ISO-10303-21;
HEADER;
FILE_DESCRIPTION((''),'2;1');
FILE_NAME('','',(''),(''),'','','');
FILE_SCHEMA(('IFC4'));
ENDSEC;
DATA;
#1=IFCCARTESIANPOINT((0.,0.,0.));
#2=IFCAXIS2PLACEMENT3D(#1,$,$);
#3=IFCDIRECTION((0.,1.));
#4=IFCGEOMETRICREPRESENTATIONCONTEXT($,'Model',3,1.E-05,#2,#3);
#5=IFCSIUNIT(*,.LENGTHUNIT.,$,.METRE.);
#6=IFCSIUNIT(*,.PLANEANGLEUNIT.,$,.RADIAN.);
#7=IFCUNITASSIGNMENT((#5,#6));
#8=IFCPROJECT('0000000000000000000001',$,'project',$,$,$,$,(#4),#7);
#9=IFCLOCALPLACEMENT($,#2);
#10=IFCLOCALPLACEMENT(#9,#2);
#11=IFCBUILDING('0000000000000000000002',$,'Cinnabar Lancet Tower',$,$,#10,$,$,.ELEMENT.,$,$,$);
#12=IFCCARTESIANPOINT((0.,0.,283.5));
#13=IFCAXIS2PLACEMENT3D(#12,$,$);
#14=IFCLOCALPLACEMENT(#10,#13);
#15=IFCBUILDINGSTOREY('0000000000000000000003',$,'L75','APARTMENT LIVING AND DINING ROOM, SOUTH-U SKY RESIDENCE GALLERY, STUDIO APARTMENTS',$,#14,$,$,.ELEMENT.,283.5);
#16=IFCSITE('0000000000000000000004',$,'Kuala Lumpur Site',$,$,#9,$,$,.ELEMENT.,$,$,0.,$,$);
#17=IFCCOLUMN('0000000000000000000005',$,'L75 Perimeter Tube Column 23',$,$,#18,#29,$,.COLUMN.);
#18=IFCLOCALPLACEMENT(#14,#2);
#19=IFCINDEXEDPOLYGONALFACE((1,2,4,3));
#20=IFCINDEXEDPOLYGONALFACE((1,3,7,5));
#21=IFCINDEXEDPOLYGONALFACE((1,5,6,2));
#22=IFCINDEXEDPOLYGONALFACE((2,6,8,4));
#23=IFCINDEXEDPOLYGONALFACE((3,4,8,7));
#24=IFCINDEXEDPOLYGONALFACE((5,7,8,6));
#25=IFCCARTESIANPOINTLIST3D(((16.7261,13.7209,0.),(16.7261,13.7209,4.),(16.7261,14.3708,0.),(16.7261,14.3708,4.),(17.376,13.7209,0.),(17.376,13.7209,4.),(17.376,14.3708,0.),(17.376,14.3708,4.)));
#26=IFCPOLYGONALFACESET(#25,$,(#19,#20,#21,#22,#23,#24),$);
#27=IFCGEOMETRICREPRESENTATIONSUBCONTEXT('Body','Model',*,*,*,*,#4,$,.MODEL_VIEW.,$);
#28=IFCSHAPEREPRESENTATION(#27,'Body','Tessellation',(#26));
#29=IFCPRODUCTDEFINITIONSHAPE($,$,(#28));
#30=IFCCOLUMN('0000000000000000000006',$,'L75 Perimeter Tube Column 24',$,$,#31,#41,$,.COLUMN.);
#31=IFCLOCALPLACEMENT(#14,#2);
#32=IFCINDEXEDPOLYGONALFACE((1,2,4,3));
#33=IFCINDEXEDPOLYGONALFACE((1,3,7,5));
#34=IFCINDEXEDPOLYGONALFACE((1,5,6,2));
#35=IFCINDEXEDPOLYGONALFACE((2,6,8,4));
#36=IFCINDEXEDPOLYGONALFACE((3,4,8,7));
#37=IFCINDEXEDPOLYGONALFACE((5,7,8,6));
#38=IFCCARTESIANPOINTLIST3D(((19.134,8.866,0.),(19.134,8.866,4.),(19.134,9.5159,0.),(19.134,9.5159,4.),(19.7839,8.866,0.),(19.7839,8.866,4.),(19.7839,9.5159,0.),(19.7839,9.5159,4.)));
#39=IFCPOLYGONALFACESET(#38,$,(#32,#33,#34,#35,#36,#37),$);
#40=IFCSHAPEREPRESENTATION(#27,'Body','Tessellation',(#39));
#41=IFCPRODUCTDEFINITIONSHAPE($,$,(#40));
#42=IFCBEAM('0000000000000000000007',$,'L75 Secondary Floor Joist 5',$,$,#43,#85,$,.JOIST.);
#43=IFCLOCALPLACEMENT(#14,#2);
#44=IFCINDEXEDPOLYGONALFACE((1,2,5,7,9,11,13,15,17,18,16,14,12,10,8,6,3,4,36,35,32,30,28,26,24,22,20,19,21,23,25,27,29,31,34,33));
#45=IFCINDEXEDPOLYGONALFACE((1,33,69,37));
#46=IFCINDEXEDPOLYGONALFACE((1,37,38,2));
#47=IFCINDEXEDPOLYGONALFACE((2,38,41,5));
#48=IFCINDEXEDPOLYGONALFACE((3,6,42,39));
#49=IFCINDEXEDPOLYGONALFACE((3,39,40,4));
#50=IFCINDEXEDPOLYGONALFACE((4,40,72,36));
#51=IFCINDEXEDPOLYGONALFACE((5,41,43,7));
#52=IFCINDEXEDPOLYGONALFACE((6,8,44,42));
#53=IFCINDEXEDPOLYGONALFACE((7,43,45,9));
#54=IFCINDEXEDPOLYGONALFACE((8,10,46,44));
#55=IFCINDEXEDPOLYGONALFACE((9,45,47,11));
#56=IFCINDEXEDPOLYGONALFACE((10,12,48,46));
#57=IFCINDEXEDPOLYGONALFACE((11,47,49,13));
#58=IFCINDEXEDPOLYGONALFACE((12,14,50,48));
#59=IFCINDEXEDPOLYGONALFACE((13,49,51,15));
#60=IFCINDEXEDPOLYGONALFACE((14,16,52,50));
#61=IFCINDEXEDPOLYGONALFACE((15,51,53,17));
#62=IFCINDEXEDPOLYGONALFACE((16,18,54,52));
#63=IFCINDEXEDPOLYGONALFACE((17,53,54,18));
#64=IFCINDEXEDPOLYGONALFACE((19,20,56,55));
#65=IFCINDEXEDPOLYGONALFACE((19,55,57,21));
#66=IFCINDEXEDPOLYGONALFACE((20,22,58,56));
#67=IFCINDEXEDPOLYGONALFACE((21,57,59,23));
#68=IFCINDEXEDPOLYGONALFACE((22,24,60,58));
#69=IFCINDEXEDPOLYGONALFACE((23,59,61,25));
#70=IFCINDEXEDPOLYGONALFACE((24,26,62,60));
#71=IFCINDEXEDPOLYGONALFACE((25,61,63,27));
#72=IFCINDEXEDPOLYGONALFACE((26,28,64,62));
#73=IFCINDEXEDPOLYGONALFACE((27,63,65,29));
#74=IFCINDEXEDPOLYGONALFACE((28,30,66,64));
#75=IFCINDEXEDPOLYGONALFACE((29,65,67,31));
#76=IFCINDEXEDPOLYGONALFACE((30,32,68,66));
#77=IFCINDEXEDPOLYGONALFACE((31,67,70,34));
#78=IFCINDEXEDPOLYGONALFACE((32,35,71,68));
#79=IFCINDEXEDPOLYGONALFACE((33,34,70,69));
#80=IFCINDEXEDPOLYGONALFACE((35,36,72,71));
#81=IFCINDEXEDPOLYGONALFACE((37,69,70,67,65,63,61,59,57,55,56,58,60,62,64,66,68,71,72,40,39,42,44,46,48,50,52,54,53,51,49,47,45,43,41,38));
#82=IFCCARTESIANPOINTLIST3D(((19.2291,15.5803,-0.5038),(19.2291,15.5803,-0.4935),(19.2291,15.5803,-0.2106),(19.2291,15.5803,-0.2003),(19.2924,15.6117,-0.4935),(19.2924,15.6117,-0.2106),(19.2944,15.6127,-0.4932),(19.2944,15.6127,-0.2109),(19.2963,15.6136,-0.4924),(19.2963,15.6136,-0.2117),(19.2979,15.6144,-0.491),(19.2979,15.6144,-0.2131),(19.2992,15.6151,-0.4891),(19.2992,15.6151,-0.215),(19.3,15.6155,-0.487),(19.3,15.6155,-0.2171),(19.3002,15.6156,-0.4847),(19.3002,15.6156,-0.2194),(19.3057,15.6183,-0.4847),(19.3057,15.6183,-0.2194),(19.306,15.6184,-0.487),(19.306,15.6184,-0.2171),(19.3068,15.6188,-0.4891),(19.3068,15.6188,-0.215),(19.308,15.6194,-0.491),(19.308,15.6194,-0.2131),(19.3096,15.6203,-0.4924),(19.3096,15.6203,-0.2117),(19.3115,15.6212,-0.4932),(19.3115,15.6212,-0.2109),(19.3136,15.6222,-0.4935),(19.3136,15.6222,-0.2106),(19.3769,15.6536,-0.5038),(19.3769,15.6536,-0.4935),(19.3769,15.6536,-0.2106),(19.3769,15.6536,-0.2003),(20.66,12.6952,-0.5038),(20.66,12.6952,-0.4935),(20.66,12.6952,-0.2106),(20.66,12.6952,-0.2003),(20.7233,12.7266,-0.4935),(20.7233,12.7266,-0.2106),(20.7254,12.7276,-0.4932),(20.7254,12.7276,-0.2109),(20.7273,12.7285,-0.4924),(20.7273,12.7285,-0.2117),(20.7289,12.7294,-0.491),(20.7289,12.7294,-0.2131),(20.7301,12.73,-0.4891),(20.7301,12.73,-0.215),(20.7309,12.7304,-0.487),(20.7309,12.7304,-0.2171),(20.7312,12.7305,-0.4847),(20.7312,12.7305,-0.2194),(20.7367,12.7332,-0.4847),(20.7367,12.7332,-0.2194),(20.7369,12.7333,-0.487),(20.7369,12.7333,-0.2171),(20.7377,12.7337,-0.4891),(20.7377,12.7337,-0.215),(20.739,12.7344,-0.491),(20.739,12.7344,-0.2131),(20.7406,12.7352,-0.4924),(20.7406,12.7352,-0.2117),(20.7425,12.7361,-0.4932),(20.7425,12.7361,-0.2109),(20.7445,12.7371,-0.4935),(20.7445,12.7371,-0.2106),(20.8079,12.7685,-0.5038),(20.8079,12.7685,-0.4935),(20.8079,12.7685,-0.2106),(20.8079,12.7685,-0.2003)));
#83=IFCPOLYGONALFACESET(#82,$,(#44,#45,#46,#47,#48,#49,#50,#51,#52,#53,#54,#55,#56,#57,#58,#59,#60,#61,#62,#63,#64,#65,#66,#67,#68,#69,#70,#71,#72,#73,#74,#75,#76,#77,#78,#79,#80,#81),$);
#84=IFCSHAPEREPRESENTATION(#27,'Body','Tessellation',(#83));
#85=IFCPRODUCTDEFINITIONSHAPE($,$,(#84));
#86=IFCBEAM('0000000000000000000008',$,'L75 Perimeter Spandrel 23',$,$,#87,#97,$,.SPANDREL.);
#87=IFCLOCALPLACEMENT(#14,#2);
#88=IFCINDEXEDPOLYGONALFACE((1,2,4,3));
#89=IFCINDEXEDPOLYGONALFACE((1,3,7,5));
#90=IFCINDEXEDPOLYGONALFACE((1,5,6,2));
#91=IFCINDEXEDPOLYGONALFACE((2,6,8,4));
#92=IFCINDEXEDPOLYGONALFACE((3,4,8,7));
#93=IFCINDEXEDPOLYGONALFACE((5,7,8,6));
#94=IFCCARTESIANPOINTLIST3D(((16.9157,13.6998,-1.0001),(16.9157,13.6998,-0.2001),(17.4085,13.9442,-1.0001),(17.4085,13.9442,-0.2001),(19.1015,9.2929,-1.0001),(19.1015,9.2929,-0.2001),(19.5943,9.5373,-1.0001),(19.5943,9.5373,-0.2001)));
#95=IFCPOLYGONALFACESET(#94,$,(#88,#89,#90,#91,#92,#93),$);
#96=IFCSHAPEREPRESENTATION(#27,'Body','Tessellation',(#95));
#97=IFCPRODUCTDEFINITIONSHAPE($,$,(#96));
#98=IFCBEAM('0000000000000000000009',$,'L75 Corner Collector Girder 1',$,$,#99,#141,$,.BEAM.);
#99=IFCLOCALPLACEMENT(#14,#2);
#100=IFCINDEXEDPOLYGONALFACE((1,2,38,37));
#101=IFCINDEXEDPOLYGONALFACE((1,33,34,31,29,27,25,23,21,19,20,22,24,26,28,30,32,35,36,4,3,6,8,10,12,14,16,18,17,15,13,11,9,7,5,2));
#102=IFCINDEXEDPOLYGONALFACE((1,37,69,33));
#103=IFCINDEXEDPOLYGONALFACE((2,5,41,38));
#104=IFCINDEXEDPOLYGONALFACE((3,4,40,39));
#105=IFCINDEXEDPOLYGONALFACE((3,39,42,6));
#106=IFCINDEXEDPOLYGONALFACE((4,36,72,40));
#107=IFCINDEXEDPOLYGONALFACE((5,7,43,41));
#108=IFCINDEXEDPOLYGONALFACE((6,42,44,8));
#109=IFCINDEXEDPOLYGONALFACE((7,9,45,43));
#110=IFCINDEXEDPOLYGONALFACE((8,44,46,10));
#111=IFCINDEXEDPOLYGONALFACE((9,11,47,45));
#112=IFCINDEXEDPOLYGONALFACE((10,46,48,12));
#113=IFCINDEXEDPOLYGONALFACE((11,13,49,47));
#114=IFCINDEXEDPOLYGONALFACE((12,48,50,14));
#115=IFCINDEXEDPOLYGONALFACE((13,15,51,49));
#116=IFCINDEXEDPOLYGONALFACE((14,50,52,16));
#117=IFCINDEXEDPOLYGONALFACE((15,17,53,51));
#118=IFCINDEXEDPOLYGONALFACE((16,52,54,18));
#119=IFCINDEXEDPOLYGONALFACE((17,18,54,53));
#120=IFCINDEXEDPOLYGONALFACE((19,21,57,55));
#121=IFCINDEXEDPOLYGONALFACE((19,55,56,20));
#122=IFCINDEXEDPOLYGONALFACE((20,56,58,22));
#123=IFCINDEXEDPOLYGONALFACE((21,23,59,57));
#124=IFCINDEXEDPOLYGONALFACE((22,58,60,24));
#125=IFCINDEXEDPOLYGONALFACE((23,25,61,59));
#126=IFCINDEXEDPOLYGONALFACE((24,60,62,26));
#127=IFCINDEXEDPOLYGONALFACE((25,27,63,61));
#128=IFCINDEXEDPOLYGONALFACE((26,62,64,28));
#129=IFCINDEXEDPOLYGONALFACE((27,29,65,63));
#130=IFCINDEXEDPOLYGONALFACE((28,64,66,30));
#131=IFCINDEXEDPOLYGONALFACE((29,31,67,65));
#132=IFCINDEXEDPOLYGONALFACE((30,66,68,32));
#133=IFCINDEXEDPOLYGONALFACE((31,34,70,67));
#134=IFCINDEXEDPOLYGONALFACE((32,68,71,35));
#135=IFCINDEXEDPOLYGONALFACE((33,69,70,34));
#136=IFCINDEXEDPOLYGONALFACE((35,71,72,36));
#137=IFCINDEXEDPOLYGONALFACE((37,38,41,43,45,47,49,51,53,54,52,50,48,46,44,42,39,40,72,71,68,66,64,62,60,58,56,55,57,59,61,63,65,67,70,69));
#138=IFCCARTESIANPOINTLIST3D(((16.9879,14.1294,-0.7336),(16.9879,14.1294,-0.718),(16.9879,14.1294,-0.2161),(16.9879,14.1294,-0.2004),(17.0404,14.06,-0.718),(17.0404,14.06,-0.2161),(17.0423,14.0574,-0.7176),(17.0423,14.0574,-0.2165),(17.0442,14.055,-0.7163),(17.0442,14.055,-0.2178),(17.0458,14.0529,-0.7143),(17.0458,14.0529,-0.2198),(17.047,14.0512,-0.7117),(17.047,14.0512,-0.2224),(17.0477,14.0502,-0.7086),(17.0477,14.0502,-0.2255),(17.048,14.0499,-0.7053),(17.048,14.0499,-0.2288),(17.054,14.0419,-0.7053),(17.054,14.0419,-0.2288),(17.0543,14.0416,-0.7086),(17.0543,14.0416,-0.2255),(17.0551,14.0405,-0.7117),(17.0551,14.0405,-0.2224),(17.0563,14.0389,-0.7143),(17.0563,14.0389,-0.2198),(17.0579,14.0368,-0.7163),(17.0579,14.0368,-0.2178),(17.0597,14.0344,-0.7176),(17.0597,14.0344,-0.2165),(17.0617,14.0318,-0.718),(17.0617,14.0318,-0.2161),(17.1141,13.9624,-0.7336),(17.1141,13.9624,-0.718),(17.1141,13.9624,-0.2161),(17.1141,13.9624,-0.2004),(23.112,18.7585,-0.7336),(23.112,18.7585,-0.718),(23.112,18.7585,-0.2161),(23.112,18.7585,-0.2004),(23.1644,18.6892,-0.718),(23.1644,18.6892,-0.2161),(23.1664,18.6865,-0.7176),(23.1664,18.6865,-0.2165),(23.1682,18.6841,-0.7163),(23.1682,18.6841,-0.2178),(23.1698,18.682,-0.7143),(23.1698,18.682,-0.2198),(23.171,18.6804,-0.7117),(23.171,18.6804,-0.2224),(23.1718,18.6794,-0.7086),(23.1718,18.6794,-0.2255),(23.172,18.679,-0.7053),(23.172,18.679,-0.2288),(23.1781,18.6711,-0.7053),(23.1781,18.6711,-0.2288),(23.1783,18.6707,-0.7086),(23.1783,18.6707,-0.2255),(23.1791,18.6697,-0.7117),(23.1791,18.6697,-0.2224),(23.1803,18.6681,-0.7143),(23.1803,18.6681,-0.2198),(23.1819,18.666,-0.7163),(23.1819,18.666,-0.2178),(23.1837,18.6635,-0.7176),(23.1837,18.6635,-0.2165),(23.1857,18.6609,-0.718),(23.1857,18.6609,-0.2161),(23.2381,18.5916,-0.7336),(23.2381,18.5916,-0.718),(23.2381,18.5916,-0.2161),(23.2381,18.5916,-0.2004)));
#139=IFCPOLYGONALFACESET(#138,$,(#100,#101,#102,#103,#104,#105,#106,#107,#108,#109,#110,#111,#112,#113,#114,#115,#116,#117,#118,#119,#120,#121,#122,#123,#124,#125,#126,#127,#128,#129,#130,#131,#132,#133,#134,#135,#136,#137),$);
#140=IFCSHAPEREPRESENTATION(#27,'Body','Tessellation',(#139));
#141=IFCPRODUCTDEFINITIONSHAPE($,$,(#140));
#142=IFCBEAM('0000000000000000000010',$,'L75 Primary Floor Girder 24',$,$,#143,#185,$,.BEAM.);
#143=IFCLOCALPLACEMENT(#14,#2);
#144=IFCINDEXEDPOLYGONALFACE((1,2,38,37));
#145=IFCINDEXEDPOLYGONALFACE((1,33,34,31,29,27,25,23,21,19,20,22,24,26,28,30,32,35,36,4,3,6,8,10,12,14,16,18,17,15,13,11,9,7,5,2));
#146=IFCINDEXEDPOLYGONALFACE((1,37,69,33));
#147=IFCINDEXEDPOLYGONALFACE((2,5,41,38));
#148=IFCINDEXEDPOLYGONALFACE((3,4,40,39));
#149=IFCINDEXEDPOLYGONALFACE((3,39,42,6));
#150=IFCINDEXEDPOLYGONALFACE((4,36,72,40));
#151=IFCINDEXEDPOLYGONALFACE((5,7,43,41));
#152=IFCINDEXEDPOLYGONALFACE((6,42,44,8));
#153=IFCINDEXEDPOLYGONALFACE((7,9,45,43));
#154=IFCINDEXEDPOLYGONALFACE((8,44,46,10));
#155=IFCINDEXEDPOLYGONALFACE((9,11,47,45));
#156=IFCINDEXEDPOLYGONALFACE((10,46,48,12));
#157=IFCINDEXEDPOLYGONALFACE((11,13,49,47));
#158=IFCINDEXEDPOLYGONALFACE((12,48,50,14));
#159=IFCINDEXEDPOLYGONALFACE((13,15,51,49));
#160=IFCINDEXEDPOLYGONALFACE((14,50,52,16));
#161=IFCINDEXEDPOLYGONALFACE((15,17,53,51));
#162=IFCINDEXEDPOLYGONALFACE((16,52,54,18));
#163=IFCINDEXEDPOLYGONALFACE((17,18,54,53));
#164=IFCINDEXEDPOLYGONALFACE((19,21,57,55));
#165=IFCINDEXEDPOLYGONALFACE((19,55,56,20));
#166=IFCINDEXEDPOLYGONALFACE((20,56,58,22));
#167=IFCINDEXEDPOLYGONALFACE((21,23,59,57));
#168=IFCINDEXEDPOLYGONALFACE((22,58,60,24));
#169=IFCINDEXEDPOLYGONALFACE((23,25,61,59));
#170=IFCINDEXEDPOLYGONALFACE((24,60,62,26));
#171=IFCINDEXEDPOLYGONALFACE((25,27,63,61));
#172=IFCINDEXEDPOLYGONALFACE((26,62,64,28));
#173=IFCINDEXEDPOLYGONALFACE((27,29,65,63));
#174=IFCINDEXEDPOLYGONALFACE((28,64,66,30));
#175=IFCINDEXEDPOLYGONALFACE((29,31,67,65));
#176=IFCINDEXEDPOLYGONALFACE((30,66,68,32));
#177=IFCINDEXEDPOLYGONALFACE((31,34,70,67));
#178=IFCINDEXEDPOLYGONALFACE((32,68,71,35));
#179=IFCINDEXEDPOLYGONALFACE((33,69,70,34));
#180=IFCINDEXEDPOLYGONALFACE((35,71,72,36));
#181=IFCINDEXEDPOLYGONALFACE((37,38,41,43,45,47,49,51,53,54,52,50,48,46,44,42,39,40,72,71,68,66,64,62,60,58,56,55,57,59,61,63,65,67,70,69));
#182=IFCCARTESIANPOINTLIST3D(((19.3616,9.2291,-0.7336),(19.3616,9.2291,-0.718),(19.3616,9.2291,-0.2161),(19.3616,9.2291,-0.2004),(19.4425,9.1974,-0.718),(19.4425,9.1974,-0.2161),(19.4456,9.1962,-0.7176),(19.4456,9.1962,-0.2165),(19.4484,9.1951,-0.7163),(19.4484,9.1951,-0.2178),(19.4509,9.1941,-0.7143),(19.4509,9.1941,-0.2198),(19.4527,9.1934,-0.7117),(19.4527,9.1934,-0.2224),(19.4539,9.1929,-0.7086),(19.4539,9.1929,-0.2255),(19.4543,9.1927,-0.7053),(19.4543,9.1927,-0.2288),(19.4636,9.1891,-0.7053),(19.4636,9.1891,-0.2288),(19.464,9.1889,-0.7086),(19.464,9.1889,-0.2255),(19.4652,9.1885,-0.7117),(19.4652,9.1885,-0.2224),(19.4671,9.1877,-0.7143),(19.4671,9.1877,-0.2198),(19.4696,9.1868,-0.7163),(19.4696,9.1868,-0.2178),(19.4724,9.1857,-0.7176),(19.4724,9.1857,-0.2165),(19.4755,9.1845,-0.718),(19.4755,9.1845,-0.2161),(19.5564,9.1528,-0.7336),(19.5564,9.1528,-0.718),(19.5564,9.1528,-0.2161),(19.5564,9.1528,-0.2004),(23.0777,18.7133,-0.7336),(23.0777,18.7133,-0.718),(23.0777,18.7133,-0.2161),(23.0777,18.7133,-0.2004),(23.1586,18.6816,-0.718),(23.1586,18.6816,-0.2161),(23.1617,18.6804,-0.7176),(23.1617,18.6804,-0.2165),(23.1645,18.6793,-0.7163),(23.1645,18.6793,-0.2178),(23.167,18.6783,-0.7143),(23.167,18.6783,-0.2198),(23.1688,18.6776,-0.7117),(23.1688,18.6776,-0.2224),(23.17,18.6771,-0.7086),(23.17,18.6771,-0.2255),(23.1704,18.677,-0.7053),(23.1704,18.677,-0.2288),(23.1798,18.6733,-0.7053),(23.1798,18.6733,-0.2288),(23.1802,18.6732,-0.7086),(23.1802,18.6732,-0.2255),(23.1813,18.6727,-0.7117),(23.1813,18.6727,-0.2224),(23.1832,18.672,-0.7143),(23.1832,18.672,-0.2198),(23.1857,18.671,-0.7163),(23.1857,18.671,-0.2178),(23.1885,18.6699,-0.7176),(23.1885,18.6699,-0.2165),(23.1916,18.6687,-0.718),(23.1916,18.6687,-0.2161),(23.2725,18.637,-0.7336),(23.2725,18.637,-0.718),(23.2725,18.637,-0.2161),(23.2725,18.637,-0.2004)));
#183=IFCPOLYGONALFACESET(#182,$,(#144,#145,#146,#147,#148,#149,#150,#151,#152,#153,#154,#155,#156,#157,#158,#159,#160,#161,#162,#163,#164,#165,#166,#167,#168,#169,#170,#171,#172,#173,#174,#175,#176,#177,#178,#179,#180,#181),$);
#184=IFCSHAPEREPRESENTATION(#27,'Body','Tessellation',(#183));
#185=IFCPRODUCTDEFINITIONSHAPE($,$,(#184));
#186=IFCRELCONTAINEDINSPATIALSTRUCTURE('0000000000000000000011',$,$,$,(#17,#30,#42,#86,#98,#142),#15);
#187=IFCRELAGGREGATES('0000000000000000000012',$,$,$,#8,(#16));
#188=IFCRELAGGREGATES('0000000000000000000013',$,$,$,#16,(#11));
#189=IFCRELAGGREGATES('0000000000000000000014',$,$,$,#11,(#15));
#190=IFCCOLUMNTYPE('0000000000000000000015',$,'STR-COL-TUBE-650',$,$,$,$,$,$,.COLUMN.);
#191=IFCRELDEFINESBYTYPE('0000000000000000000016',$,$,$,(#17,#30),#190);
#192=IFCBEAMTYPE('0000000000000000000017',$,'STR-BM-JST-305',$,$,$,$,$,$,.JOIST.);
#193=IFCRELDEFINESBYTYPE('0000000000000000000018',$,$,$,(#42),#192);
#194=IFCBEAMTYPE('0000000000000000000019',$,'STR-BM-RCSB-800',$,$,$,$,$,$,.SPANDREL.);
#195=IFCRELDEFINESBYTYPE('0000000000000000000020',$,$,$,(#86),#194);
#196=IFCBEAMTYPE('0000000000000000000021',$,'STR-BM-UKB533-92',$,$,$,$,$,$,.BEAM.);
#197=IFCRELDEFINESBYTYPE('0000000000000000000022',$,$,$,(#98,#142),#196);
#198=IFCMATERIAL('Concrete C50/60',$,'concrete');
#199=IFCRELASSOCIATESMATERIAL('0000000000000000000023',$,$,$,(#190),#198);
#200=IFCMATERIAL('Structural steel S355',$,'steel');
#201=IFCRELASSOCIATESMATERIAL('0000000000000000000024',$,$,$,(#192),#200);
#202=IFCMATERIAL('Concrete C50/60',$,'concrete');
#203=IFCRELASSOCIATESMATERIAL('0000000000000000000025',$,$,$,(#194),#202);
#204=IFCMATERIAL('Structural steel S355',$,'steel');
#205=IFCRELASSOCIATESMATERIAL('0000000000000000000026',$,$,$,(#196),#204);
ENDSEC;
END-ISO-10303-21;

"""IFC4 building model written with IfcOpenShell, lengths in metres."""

from ifc_helpers import new_model, si_unit, direction, frame, origin, origin_2d, place, context, subcontext, project, spatial, rectangle, i_section, extrude, material, material_profile, profile_set, type_object, element, save


model = new_model("IFC4")

# Units and contexts
model_context = context("Model", 3, precision=1e-05, world=origin(), true_north=direction((0.0, 1.0)))
body_context = subcontext(model_context, "Body", "Model", "MODEL_VIEW")
ifc_project = project(units=[si_unit("LENGTHUNIT", "METRE"), si_unit("PLANEANGLEUNIT", "RADIAN")], contexts=[model_context])

# Site, building, storey
site_placement = place(None, origin())
site = spatial("IfcSite", under=ifc_project, at=site_placement, Name="Kuala Lumpur Site", CompositionType="ELEMENT", RefElevation=0.0)
building_placement = place(site_placement, origin())
building = spatial("IfcBuilding", under=site, at=building_placement, Name="Cinnabar Lancet Tower", CompositionType="ELEMENT")
storey_placement = place(building_placement, frame((0.0, 0.0, 283.5)))
storey = spatial("IfcBuildingStorey", under=building, at=storey_placement, Name="L75", Description="APARTMENT LIVING AND DINING ROOM, SOUTH-U SKY RESIDENCE GALLERY, STUDIO APARTMENTS", CompositionType="ELEMENT", Elevation=283.5)

# Columns
ifc_material_1 = material(Name="Concrete C50/60", Category="concrete")
ifc_material_profile_1 = material_profile(ifc_material_1, rectangle(XDim=0.6499, YDim=0.6499, at=origin_2d()), Name="RC-COL 650x650")
ifc_profile_set_1 = profile_set([ifc_material_profile_1], Name="Concrete C50/60")
column_type = type_object("IfcColumnType", Name="STR-COL-TUBE-650", PredefinedType="COLUMN", material=ifc_profile_set_1)
for number, where, z_axis, x_axis, name in (
    (1, (17.051, 14.0459, 0.0), (0.0, 0.0, 1.0), (1.0, 0.0, 0.0), "L75 Perimeter Tube Column 23"),
    (2, (19.459, 9.1909, 0.0), (0.0, 0.0, 1.0), (1.0, 0.0, 0.0), "L75 Perimeter Tube Column 24"),
):
    element("IfcColumn", number, at=place(storey_placement, frame(where, z_axis=z_axis, x_axis=x_axis)), inside=storey, type_object=column_type, Name=name, PredefinedType="COLUMN", context=body_context, shape_type="SweptSolid", body=[
        extrude(rectangle(XDim=0.6499, YDim=0.6499, at=origin_2d()), origin(), (0.0, 0.0, 1.0), 4.0),
    ])

# Beams
ifc_material_2 = material(Name="Structural steel S355", Category="steel")
ifc_material_profile_2 = material_profile(ifc_material_2, i_section(OverallWidth=0.165, OverallDepth=0.3035, WebThickness=0.0061, FlangeThickness=0.0103, FilletRadius=0.0088, at=origin_2d()), Name="UKB 305x165x40")
ifc_profile_set_2 = profile_set([ifc_material_profile_2], Name="Structural steel S355")
beam_type_1 = type_object("IfcBeamType", Name="STR-BM-JST-305", PredefinedType="JOIST", material=ifc_profile_set_2)
beam_1_placement = place(storey_placement, frame((19.303, 15.6169, -0.3521), z_axis=(0.44433, -0.895863, 0.0), x_axis=(0.895863, 0.44433, 0.0)))
element("IfcBeam", 3, at=beam_1_placement, inside=storey, type_object=beam_type_1, Name="L75 Secondary Floor Joist 5", PredefinedType="JOIST", context=body_context, shape_type="SweptSolid", body=[
    extrude(i_section(OverallWidth=0.165, OverallDepth=0.3035, WebThickness=0.0061, FlangeThickness=0.0103, FilletRadius=0.0088, at=origin_2d()), origin(), (0.0, 0.0, 1.0), 3.2205),
])
ifc_material_3 = material(Name="Concrete C50/60", Category="concrete")
ifc_material_profile_3 = material_profile(ifc_material_3, rectangle(XDim=0.55, YDim=0.8, at=origin_2d()), Name="RC-SB 550x800")
ifc_profile_set_3 = profile_set([ifc_material_profile_3], Name="Concrete C50/60")
beam_type_2 = type_object("IfcBeamType", Name="STR-BM-RCSB-800", PredefinedType="SPANDREL", material=ifc_profile_set_3)
beam_2_placement = place(storey_placement, frame((17.1621, 13.822, -0.6001), z_axis=(0.444333, -0.895862, 0.0), x_axis=(0.895862, 0.444333, 0.0)))
element("IfcBeam", 4, at=beam_2_placement, inside=storey, type_object=beam_type_2, Name="L75 Perimeter Spandrel 23", PredefinedType="SPANDREL", context=body_context, shape_type="SweptSolid", body=[
    extrude(rectangle(XDim=0.55, YDim=0.8, at=origin_2d()), origin(), (0.0, 0.0, 1.0), 4.9192),
])
ifc_material_4 = material(Name="Structural steel S355", Category="steel")
ifc_material_profile_4 = material_profile(ifc_material_4, i_section(OverallWidth=0.2092, OverallDepth=0.5332, WebThickness=0.01, FlangeThickness=0.0156, FilletRadius=0.0127, at=origin_2d()), Name="UKB 533x210x92")
ifc_profile_set_4 = profile_set([ifc_material_profile_4], Name="Structural steel S355")
beam_type_3 = type_object("IfcBeamType", Name="STR-BM-UKB533-92", PredefinedType="BEAM", material=ifc_profile_set_4)
beam_3_placement = place(storey_placement, frame((17.051, 14.0459, -0.467), z_axis=(0.797735, 0.603008, 0.0), x_axis=(-0.603008, 0.797735, 0.0)))
element("IfcBeam", 5, at=beam_3_placement, inside=storey, type_object=beam_type_3, Name="L75 Corner Collector Girder 1", PredefinedType="BEAM", context=body_context, shape_type="SweptSolid", body=[
    extrude(i_section(OverallWidth=0.2092, OverallDepth=0.5332, WebThickness=0.01, FlangeThickness=0.0156, FilletRadius=0.0127, at=origin_2d()), origin(), (0.0, 0.0, 1.0), 7.6768),
])
beam_4_placement = place(storey_placement, frame((19.459, 9.1909, -0.467), z_axis=(0.364815, 0.93108, 0.0), x_axis=(-0.93108, 0.364815, 0.0)))
element("IfcBeam", 6, at=beam_4_placement, inside=storey, type_object=beam_type_3, Name="L75 Primary Floor Girder 24", PredefinedType="BEAM", context=body_context, shape_type="SweptSolid", body=[
    extrude(i_section(OverallWidth=0.2092, OverallDepth=0.5332, WebThickness=0.01, FlangeThickness=0.0156, FilletRadius=0.0127, at=origin_2d()), origin(), (0.0, 0.0, 1.0), 10.1863),
])

save(model, "model.ifc")
